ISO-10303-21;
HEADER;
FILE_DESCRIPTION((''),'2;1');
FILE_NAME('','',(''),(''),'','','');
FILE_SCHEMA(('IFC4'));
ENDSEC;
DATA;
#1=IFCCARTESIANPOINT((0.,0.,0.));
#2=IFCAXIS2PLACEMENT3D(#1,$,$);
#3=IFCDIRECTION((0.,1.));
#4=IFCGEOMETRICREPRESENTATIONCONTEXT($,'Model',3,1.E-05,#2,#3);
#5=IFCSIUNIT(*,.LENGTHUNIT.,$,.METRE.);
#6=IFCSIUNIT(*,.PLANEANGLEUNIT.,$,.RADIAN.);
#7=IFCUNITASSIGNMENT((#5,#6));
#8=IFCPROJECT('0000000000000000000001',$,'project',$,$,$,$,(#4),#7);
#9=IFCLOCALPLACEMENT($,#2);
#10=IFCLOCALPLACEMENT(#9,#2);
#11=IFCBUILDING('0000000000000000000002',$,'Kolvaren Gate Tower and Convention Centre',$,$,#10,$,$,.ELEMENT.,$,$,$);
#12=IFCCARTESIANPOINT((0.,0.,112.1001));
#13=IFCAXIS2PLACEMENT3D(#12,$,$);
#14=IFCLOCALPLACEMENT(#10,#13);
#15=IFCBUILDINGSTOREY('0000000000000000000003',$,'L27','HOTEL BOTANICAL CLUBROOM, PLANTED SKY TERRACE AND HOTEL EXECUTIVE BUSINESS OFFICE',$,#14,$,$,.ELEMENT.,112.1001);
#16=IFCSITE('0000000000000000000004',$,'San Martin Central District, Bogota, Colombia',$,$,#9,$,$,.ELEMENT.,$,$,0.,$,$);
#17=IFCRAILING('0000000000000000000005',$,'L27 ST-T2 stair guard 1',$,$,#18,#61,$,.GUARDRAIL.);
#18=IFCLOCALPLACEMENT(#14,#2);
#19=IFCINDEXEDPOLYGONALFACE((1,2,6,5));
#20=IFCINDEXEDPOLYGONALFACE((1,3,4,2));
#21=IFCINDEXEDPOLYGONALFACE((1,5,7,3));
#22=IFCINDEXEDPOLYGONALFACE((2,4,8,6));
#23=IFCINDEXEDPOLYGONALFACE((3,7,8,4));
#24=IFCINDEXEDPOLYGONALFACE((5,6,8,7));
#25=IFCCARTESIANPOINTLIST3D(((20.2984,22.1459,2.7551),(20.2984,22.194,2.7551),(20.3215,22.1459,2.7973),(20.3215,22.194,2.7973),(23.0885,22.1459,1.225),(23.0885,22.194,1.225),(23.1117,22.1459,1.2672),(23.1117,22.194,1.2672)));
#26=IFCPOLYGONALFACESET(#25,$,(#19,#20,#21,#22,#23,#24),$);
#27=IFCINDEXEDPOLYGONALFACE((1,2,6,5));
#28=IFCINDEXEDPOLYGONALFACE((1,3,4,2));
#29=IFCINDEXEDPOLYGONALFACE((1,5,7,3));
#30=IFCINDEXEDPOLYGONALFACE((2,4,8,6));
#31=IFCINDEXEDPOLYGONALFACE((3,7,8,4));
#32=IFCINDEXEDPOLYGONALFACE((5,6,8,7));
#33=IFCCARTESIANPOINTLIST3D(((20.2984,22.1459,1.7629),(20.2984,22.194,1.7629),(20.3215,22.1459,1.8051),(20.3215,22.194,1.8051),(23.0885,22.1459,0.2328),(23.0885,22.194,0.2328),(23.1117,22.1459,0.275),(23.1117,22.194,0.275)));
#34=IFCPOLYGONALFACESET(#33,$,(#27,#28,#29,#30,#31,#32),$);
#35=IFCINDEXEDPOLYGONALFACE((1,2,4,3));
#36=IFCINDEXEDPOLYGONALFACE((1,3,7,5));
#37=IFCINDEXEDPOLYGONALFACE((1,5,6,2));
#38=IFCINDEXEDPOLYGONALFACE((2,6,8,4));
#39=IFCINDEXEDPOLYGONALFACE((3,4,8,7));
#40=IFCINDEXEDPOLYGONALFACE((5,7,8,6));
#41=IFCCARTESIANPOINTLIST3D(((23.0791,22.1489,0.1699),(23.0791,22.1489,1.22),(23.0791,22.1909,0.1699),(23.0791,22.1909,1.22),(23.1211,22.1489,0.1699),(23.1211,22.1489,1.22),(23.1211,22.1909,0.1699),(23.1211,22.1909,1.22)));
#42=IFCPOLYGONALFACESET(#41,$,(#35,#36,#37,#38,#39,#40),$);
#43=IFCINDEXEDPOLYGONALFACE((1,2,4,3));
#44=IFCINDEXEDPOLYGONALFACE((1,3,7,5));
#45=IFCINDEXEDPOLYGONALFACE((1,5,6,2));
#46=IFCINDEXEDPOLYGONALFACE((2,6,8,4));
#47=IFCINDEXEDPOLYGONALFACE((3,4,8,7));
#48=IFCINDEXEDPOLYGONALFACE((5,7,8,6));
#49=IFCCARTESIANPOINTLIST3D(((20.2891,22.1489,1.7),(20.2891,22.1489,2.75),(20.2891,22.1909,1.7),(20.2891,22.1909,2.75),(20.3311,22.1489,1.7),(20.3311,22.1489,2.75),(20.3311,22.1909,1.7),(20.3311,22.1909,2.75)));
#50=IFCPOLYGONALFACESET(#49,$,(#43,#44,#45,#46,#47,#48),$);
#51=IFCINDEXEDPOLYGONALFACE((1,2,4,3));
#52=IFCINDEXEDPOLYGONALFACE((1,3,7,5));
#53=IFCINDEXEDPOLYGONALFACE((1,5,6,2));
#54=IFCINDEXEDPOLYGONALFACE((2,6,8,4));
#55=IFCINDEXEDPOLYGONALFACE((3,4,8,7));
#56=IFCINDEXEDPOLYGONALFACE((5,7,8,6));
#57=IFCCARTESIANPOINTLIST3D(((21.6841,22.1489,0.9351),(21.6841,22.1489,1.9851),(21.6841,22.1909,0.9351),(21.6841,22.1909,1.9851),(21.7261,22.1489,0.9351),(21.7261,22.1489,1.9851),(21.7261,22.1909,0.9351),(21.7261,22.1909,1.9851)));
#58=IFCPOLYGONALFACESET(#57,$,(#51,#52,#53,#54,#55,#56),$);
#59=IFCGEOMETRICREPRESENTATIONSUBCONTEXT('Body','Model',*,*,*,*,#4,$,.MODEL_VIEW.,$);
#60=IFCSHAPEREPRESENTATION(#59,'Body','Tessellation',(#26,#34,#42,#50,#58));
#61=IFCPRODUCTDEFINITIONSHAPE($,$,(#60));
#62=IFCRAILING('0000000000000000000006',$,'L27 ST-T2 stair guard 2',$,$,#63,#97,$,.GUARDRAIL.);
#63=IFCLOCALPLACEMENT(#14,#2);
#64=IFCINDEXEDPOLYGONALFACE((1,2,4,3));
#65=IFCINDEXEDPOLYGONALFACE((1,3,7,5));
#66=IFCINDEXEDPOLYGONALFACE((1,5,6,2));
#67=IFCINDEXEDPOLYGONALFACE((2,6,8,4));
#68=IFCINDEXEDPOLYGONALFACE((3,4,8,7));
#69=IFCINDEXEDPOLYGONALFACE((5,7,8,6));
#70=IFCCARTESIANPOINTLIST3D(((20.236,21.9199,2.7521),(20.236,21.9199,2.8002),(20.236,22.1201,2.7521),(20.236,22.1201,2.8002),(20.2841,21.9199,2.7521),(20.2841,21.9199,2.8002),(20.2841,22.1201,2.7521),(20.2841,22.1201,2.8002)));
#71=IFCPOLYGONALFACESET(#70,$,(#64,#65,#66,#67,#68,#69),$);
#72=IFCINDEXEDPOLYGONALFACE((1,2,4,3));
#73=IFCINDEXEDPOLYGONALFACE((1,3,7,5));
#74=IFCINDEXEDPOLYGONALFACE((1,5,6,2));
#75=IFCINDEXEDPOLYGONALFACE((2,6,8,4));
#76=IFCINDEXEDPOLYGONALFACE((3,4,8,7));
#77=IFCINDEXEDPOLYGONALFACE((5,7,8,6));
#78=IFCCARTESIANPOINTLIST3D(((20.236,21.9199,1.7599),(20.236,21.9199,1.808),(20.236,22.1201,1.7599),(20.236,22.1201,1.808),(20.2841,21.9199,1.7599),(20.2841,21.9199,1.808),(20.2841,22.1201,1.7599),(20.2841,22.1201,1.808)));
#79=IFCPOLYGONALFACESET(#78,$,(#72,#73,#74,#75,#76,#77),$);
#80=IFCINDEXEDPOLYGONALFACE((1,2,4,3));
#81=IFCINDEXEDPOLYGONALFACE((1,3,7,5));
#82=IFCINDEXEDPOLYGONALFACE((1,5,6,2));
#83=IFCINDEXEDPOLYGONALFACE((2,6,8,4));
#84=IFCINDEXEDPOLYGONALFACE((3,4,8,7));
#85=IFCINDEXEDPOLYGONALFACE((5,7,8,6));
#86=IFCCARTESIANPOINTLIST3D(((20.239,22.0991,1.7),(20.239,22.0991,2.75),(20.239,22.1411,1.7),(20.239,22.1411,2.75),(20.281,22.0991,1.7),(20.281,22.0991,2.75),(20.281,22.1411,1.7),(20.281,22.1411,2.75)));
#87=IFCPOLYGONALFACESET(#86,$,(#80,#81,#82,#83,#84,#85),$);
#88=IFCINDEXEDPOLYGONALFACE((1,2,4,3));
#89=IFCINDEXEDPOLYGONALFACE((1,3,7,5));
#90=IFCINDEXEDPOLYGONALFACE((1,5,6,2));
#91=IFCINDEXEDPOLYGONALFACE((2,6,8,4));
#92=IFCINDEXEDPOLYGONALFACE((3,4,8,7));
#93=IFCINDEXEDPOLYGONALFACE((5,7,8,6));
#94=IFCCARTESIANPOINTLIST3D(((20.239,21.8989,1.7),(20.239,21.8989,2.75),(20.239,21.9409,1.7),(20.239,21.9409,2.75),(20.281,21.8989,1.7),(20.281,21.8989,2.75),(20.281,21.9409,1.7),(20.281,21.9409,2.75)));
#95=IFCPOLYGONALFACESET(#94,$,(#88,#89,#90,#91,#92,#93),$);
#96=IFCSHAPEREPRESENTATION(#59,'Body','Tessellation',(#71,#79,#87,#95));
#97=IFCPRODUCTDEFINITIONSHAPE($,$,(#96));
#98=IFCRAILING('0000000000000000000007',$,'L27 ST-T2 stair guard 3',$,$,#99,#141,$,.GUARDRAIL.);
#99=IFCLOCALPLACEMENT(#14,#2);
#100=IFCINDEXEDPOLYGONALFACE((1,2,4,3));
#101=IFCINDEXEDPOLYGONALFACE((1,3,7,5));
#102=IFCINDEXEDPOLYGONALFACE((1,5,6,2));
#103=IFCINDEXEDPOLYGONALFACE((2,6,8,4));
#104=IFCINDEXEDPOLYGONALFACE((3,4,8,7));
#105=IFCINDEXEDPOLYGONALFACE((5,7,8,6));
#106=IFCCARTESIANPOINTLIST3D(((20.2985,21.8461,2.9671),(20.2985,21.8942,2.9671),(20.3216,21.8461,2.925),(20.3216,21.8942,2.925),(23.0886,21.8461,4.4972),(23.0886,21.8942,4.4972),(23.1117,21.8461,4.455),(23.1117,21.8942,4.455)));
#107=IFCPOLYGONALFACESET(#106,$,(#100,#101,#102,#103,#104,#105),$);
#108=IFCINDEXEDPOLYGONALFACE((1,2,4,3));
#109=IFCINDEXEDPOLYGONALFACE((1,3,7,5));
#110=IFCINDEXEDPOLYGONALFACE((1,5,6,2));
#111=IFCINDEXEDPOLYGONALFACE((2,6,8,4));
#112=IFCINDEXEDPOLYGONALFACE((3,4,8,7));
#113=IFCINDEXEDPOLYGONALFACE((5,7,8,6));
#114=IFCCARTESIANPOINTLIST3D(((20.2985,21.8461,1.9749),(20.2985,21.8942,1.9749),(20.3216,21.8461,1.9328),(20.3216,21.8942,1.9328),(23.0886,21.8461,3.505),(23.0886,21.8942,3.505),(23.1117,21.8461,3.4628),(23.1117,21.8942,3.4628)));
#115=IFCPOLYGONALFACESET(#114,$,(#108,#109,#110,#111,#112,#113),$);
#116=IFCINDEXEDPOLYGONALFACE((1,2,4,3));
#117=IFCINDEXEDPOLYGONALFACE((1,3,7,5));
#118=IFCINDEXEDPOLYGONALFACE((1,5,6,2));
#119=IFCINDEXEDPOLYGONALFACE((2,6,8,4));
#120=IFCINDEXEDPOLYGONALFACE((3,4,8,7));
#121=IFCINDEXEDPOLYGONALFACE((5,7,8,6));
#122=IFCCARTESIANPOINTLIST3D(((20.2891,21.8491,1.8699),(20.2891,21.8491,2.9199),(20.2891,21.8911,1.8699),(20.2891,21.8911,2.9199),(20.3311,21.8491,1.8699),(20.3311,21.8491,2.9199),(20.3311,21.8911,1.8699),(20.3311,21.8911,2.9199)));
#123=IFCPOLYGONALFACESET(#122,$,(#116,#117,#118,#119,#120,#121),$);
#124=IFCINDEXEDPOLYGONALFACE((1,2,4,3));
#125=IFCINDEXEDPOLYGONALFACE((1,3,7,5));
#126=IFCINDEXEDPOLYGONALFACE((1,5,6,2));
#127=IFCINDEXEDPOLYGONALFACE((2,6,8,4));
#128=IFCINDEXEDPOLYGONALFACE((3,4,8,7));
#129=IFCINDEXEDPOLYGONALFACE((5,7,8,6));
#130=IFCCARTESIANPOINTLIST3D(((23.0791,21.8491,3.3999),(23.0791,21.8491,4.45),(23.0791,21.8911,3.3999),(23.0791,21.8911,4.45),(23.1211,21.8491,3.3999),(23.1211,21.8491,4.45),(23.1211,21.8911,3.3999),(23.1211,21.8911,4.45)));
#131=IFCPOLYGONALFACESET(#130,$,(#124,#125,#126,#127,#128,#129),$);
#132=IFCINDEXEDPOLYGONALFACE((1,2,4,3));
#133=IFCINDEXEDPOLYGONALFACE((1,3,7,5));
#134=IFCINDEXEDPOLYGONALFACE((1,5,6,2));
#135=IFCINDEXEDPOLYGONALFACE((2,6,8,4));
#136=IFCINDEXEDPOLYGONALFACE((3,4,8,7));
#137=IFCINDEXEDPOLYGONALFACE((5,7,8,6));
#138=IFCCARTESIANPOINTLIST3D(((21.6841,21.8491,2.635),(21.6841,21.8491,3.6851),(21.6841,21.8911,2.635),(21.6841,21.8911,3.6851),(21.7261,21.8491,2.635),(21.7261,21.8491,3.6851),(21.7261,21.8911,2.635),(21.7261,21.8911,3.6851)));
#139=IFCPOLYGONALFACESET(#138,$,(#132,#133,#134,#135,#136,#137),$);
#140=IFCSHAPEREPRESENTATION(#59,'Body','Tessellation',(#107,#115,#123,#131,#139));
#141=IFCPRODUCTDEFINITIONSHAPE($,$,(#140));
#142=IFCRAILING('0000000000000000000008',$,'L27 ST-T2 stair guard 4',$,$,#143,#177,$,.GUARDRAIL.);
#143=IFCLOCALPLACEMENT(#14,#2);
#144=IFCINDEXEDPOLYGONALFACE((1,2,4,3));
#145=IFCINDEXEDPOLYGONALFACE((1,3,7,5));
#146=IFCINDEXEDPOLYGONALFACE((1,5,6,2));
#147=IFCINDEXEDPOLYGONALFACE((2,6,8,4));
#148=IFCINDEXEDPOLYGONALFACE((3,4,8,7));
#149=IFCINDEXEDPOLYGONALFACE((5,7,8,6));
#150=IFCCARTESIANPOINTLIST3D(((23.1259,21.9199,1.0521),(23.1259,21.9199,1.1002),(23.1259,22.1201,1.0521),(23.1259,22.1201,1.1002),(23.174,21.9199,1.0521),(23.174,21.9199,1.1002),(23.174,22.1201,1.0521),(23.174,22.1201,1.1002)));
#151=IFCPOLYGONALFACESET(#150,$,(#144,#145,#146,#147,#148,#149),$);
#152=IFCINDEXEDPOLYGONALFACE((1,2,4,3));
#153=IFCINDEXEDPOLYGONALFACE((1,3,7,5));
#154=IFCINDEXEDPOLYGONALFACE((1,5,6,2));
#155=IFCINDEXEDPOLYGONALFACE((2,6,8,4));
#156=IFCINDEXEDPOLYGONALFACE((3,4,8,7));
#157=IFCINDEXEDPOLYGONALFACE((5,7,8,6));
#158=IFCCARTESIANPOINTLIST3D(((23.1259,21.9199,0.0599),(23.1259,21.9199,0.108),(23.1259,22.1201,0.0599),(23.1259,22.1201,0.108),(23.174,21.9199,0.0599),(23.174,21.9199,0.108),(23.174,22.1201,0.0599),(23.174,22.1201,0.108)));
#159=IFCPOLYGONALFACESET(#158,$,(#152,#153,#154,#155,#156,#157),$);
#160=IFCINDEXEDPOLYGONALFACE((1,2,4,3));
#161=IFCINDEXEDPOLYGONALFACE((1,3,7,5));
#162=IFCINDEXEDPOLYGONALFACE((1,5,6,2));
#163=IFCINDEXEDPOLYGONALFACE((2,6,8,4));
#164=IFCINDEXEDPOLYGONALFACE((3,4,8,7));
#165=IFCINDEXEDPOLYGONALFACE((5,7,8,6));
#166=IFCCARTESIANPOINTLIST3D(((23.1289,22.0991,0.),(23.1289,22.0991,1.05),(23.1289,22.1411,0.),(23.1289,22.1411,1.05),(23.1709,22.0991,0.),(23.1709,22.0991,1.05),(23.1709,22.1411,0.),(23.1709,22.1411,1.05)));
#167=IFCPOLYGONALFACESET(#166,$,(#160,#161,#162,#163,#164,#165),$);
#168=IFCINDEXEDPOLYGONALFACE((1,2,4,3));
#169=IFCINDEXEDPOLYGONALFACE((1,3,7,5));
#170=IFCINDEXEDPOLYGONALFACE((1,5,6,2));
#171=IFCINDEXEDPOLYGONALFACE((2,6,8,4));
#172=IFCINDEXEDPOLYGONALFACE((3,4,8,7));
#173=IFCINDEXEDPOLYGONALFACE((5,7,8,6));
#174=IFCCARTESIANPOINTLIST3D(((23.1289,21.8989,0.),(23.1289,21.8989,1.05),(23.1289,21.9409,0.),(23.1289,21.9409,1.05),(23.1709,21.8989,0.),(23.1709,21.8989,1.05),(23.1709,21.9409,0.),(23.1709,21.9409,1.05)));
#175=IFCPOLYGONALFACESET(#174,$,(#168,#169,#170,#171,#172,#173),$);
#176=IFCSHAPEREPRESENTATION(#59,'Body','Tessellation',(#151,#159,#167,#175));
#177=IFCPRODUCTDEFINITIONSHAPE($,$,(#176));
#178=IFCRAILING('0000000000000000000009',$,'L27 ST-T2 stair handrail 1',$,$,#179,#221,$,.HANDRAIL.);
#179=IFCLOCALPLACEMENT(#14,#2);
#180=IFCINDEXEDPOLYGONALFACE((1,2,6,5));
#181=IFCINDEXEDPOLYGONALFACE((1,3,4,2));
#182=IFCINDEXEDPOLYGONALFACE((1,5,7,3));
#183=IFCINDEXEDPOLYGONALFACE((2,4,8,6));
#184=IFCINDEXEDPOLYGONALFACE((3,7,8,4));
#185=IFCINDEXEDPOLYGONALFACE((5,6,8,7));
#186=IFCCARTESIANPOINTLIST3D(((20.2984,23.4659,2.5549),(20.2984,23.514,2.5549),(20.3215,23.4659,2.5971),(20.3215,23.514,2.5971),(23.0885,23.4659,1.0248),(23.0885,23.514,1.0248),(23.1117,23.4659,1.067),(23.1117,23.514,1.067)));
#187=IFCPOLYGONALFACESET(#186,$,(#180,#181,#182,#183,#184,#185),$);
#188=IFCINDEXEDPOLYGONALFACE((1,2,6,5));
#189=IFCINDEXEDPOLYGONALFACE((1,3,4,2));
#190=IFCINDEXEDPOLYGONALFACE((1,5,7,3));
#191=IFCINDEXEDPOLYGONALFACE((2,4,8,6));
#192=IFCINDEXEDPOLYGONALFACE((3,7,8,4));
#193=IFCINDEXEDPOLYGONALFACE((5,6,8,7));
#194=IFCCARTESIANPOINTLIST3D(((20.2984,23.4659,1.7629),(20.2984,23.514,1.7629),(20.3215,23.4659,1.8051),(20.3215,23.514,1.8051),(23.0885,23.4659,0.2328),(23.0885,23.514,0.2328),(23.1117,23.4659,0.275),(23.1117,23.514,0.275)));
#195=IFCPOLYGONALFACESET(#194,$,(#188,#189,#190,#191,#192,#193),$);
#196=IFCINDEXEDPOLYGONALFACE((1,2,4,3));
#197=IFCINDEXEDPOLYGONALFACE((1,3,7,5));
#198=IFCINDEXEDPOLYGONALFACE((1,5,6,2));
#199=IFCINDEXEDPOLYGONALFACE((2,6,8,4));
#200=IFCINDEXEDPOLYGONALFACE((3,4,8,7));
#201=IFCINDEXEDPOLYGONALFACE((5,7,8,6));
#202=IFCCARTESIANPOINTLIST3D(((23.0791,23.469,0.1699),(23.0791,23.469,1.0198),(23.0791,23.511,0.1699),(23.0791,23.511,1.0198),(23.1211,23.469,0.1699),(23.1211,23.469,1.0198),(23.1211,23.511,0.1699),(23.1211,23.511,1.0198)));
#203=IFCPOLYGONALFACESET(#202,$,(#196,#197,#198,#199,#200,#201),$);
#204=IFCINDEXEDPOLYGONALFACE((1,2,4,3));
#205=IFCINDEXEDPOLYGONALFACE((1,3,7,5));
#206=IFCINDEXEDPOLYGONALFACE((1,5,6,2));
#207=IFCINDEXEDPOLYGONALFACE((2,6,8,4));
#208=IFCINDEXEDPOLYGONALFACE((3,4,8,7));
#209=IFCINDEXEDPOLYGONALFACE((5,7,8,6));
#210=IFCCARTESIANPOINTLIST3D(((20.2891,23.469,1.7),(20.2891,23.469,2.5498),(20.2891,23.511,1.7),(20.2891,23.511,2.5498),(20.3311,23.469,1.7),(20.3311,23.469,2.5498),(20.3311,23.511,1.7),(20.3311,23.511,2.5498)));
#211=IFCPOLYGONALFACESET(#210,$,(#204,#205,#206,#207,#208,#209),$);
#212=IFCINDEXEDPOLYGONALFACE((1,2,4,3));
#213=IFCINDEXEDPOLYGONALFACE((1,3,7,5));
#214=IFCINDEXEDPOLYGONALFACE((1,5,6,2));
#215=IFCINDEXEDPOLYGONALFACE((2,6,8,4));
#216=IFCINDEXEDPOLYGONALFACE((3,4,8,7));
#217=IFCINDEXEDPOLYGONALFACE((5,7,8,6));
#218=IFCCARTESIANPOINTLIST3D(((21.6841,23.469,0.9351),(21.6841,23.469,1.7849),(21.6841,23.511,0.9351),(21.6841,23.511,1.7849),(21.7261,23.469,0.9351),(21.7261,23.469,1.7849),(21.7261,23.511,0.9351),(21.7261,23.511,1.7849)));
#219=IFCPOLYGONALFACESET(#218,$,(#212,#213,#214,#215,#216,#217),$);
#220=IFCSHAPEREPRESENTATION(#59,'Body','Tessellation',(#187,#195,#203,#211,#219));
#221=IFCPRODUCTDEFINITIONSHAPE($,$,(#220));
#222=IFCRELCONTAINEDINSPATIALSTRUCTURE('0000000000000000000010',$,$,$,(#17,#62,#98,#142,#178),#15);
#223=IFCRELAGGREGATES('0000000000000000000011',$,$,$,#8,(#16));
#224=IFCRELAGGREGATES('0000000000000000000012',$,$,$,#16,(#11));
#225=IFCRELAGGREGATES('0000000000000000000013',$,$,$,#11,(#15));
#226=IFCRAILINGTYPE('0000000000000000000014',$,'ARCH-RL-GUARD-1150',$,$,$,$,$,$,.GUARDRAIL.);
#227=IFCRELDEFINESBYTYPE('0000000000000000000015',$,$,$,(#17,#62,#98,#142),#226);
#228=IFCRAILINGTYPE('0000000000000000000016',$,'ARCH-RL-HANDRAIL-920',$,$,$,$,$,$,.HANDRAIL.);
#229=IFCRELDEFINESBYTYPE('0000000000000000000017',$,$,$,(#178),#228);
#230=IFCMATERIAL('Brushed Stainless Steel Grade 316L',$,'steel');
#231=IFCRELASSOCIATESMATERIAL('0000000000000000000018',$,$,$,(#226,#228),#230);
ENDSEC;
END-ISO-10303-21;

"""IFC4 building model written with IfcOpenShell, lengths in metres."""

from ifc_helpers import new_model, si_unit, direction, frame, origin, origin_2d, place, context, subcontext, project, spatial, rectangle, extrude, material, type_object, element, save


model = new_model("IFC4")

# Units and contexts
model_context = context("Model", 3, precision=1e-05, world=origin(), true_north=direction((0.0, 1.0)))
body_context = subcontext(model_context, "Body", "Model", "MODEL_VIEW")
ifc_project = project(units=[si_unit("LENGTHUNIT", "METRE"), si_unit("PLANEANGLEUNIT", "RADIAN")], contexts=[model_context])

# Site, building, storey
site_placement = place(None, origin())
site = spatial("IfcSite", under=ifc_project, at=site_placement, Name="San Martin Central District, Bogota, Colombia", CompositionType="ELEMENT", RefElevation=0.0)
building_placement = place(site_placement, origin())
building = spatial("IfcBuilding", under=site, at=building_placement, Name="Kolvaren Gate Tower and Convention Centre", CompositionType="ELEMENT")
storey_placement = place(building_placement, frame((0.0, 0.0, 112.1001)))
storey = spatial("IfcBuildingStorey", under=building, at=storey_placement, Name="L27", Description="HOTEL BOTANICAL CLUBROOM, PLANTED SKY TERRACE AND HOTEL EXECUTIVE BUSINESS OFFICE", CompositionType="ELEMENT", Elevation=112.1001)

# Railings
ifc_material_1 = material(Name="Brushed Stainless Steel Grade 316L", Category="steel")
railing_type_1 = type_object("IfcRailingType", Name="ARCH-RL-GUARD-1150", PredefinedType="GUARDRAIL", material=ifc_material_1)
railing_1_placement = place(storey_placement, frame((23.1001, 22.1699, 0.1699)))
element("IfcRailing", 1, at=railing_1_placement, inside=storey, type_object=railing_type_1, Name="L27 ST-T2 stair guard 1", PredefinedType="GUARDRAIL", context=body_context, shape_type="SweptSolid", body=[
    extrude(rectangle(XDim=0.0481, YDim=0.0481, at=origin_2d()), frame((0.0, 0.0, 1.0762), z_axis=(-0.876811, 0.0, 0.480835), x_axis=(0.0, -1.0, 0.0)), (0.0, 0.0, 1.0), 3.1821),
    extrude(rectangle(XDim=0.0481, YDim=0.0481, at=origin_2d()), frame((0.0, 0.0, 0.084), z_axis=(-0.876811, 0.0, 0.480835), x_axis=(0.0, -1.0, 0.0)), (0.0, 0.0, 1.0), 3.1821),
    extrude(rectangle(XDim=0.042, YDim=0.042, at=origin_2d()), origin(), (0.0, 0.0, 1.0), 1.05),
    extrude(rectangle(XDim=0.042, YDim=0.042, at=origin_2d()), frame((-2.79, 0.0, 1.53)), (0.0, 0.0, 1.0), 1.05),
    extrude(rectangle(XDim=0.042, YDim=0.042, at=origin_2d()), frame((-1.395, 0.0, 0.7651)), (0.0, 0.0, 1.0), 1.05),
])
railing_2_placement = place(storey_placement, frame((20.26, 22.1201, 1.7)))
element("IfcRailing", 2, at=railing_2_placement, inside=storey, type_object=railing_type_1, Name="L27 ST-T2 stair guard 2", PredefinedType="GUARDRAIL", context=body_context, shape_type="SweptSolid", body=[
    extrude(rectangle(XDim=0.0481, YDim=0.0481, at=origin_2d()), frame((0.0, 0.0, 1.0762), z_axis=(0.0, -1.0, 0.0), x_axis=(1.0, 0.0, 0.0)), (0.0, 0.0, 1.0), 0.2002),
    extrude(rectangle(XDim=0.0481, YDim=0.0481, at=origin_2d()), frame((0.0, 0.0, 0.084), z_axis=(0.0, -1.0, 0.0), x_axis=(1.0, 0.0, 0.0)), (0.0, 0.0, 1.0), 0.2002),
    extrude(rectangle(XDim=0.042, YDim=0.042, at=origin_2d()), origin(), (0.0, 0.0, 1.0), 1.05),
    extrude(rectangle(XDim=0.042, YDim=0.042, at=origin_2d()), frame((0.0, -0.2002, 0.0)), (0.0, 0.0, 1.0), 1.05),
])
railing_3_placement = place(storey_placement, frame((20.3101, 21.8701, 1.8699)))
element("IfcRailing", 3, at=railing_3_placement, inside=storey, type_object=railing_type_1, Name="L27 ST-T2 stair guard 3", PredefinedType="GUARDRAIL", context=body_context, shape_type="SweptSolid", body=[
    extrude(rectangle(XDim=0.0481, YDim=0.0481, at=origin_2d()), frame((0.0, 0.0, 1.0762), z_axis=(0.876811, 0.0, 0.480835), x_axis=(0.0, 1.0, 0.0)), (0.0, 0.0, 1.0), 3.1821),
    extrude(rectangle(XDim=0.0481, YDim=0.0481, at=origin_2d()), frame((0.0, 0.0, 0.084), z_axis=(0.876811, 0.0, 0.480835), x_axis=(0.0, 1.0, 0.0)), (0.0, 0.0, 1.0), 3.1821),
    extrude(rectangle(XDim=0.042, YDim=0.042, at=origin_2d()), origin(), (0.0, 0.0, 1.0), 1.05),
    extrude(rectangle(XDim=0.042, YDim=0.042, at=origin_2d()), frame((2.79, 0.0, 1.53)), (0.0, 0.0, 1.0), 1.05),
    extrude(rectangle(XDim=0.042, YDim=0.042, at=origin_2d()), frame((1.395, 0.0, 0.7651)), (0.0, 0.0, 1.0), 1.05),
])
railing_4_placement = place(storey_placement, frame((23.1499, 22.1201, 0.0)))
element("IfcRailing", 4, at=railing_4_placement, inside=storey, type_object=railing_type_1, Name="L27 ST-T2 stair guard 4", PredefinedType="GUARDRAIL", context=body_context, shape_type="SweptSolid", body=[
    extrude(rectangle(XDim=0.0481, YDim=0.0481, at=origin_2d()), frame((0.0, 0.0, 1.0762), z_axis=(0.0, -1.0, 0.0), x_axis=(1.0, 0.0, 0.0)), (0.0, 0.0, 1.0), 0.2002),
    extrude(rectangle(XDim=0.0481, YDim=0.0481, at=origin_2d()), frame((0.0, 0.0, 0.084), z_axis=(0.0, -1.0, 0.0), x_axis=(1.0, 0.0, 0.0)), (0.0, 0.0, 1.0), 0.2002),
    extrude(rectangle(XDim=0.042, YDim=0.042, at=origin_2d()), origin(), (0.0, 0.0, 1.0), 1.05),
    extrude(rectangle(XDim=0.042, YDim=0.042, at=origin_2d()), frame((0.0, -0.2002, 0.0)), (0.0, 0.0, 1.0), 1.05),
])
railing_type_2 = type_object("IfcRailingType", Name="ARCH-RL-HANDRAIL-920", PredefinedType="HANDRAIL", material=ifc_material_1)
railing_5_placement = place(storey_placement, frame((23.1001, 23.49, 0.1699)))
element("IfcRailing", 5, at=railing_5_placement, inside=storey, type_object=railing_type_2, Name="L27 ST-T2 stair handrail 1", PredefinedType="HANDRAIL", context=body_context, shape_type="SweptSolid", body=[
    extrude(rectangle(XDim=0.0481, YDim=0.0481, at=origin_2d()), frame((0.0, 0.0, 0.876), z_axis=(-0.876811, 0.0, 0.480835), x_axis=(0.0, -1.0, 0.0)), (0.0, 0.0, 1.0), 3.1821),
    extrude(rectangle(XDim=0.0481, YDim=0.0481, at=origin_2d()), frame((0.0, 0.0, 0.084), z_axis=(-0.876811, 0.0, 0.480835), x_axis=(0.0, -1.0, 0.0)), (0.0, 0.0, 1.0), 3.1821),
    extrude(rectangle(XDim=0.042, YDim=0.042, at=origin_2d()), origin(), (0.0, 0.0, 1.0), 0.8499),
    extrude(rectangle(XDim=0.042, YDim=0.042, at=origin_2d()), frame((-2.79, 0.0, 1.53)), (0.0, 0.0, 1.0), 0.8499),
    extrude(rectangle(XDim=0.042, YDim=0.042, at=origin_2d()), frame((-1.395, 0.0, 0.7651)), (0.0, 0.0, 1.0), 0.8499),
])

save(model, "model.ifc")
